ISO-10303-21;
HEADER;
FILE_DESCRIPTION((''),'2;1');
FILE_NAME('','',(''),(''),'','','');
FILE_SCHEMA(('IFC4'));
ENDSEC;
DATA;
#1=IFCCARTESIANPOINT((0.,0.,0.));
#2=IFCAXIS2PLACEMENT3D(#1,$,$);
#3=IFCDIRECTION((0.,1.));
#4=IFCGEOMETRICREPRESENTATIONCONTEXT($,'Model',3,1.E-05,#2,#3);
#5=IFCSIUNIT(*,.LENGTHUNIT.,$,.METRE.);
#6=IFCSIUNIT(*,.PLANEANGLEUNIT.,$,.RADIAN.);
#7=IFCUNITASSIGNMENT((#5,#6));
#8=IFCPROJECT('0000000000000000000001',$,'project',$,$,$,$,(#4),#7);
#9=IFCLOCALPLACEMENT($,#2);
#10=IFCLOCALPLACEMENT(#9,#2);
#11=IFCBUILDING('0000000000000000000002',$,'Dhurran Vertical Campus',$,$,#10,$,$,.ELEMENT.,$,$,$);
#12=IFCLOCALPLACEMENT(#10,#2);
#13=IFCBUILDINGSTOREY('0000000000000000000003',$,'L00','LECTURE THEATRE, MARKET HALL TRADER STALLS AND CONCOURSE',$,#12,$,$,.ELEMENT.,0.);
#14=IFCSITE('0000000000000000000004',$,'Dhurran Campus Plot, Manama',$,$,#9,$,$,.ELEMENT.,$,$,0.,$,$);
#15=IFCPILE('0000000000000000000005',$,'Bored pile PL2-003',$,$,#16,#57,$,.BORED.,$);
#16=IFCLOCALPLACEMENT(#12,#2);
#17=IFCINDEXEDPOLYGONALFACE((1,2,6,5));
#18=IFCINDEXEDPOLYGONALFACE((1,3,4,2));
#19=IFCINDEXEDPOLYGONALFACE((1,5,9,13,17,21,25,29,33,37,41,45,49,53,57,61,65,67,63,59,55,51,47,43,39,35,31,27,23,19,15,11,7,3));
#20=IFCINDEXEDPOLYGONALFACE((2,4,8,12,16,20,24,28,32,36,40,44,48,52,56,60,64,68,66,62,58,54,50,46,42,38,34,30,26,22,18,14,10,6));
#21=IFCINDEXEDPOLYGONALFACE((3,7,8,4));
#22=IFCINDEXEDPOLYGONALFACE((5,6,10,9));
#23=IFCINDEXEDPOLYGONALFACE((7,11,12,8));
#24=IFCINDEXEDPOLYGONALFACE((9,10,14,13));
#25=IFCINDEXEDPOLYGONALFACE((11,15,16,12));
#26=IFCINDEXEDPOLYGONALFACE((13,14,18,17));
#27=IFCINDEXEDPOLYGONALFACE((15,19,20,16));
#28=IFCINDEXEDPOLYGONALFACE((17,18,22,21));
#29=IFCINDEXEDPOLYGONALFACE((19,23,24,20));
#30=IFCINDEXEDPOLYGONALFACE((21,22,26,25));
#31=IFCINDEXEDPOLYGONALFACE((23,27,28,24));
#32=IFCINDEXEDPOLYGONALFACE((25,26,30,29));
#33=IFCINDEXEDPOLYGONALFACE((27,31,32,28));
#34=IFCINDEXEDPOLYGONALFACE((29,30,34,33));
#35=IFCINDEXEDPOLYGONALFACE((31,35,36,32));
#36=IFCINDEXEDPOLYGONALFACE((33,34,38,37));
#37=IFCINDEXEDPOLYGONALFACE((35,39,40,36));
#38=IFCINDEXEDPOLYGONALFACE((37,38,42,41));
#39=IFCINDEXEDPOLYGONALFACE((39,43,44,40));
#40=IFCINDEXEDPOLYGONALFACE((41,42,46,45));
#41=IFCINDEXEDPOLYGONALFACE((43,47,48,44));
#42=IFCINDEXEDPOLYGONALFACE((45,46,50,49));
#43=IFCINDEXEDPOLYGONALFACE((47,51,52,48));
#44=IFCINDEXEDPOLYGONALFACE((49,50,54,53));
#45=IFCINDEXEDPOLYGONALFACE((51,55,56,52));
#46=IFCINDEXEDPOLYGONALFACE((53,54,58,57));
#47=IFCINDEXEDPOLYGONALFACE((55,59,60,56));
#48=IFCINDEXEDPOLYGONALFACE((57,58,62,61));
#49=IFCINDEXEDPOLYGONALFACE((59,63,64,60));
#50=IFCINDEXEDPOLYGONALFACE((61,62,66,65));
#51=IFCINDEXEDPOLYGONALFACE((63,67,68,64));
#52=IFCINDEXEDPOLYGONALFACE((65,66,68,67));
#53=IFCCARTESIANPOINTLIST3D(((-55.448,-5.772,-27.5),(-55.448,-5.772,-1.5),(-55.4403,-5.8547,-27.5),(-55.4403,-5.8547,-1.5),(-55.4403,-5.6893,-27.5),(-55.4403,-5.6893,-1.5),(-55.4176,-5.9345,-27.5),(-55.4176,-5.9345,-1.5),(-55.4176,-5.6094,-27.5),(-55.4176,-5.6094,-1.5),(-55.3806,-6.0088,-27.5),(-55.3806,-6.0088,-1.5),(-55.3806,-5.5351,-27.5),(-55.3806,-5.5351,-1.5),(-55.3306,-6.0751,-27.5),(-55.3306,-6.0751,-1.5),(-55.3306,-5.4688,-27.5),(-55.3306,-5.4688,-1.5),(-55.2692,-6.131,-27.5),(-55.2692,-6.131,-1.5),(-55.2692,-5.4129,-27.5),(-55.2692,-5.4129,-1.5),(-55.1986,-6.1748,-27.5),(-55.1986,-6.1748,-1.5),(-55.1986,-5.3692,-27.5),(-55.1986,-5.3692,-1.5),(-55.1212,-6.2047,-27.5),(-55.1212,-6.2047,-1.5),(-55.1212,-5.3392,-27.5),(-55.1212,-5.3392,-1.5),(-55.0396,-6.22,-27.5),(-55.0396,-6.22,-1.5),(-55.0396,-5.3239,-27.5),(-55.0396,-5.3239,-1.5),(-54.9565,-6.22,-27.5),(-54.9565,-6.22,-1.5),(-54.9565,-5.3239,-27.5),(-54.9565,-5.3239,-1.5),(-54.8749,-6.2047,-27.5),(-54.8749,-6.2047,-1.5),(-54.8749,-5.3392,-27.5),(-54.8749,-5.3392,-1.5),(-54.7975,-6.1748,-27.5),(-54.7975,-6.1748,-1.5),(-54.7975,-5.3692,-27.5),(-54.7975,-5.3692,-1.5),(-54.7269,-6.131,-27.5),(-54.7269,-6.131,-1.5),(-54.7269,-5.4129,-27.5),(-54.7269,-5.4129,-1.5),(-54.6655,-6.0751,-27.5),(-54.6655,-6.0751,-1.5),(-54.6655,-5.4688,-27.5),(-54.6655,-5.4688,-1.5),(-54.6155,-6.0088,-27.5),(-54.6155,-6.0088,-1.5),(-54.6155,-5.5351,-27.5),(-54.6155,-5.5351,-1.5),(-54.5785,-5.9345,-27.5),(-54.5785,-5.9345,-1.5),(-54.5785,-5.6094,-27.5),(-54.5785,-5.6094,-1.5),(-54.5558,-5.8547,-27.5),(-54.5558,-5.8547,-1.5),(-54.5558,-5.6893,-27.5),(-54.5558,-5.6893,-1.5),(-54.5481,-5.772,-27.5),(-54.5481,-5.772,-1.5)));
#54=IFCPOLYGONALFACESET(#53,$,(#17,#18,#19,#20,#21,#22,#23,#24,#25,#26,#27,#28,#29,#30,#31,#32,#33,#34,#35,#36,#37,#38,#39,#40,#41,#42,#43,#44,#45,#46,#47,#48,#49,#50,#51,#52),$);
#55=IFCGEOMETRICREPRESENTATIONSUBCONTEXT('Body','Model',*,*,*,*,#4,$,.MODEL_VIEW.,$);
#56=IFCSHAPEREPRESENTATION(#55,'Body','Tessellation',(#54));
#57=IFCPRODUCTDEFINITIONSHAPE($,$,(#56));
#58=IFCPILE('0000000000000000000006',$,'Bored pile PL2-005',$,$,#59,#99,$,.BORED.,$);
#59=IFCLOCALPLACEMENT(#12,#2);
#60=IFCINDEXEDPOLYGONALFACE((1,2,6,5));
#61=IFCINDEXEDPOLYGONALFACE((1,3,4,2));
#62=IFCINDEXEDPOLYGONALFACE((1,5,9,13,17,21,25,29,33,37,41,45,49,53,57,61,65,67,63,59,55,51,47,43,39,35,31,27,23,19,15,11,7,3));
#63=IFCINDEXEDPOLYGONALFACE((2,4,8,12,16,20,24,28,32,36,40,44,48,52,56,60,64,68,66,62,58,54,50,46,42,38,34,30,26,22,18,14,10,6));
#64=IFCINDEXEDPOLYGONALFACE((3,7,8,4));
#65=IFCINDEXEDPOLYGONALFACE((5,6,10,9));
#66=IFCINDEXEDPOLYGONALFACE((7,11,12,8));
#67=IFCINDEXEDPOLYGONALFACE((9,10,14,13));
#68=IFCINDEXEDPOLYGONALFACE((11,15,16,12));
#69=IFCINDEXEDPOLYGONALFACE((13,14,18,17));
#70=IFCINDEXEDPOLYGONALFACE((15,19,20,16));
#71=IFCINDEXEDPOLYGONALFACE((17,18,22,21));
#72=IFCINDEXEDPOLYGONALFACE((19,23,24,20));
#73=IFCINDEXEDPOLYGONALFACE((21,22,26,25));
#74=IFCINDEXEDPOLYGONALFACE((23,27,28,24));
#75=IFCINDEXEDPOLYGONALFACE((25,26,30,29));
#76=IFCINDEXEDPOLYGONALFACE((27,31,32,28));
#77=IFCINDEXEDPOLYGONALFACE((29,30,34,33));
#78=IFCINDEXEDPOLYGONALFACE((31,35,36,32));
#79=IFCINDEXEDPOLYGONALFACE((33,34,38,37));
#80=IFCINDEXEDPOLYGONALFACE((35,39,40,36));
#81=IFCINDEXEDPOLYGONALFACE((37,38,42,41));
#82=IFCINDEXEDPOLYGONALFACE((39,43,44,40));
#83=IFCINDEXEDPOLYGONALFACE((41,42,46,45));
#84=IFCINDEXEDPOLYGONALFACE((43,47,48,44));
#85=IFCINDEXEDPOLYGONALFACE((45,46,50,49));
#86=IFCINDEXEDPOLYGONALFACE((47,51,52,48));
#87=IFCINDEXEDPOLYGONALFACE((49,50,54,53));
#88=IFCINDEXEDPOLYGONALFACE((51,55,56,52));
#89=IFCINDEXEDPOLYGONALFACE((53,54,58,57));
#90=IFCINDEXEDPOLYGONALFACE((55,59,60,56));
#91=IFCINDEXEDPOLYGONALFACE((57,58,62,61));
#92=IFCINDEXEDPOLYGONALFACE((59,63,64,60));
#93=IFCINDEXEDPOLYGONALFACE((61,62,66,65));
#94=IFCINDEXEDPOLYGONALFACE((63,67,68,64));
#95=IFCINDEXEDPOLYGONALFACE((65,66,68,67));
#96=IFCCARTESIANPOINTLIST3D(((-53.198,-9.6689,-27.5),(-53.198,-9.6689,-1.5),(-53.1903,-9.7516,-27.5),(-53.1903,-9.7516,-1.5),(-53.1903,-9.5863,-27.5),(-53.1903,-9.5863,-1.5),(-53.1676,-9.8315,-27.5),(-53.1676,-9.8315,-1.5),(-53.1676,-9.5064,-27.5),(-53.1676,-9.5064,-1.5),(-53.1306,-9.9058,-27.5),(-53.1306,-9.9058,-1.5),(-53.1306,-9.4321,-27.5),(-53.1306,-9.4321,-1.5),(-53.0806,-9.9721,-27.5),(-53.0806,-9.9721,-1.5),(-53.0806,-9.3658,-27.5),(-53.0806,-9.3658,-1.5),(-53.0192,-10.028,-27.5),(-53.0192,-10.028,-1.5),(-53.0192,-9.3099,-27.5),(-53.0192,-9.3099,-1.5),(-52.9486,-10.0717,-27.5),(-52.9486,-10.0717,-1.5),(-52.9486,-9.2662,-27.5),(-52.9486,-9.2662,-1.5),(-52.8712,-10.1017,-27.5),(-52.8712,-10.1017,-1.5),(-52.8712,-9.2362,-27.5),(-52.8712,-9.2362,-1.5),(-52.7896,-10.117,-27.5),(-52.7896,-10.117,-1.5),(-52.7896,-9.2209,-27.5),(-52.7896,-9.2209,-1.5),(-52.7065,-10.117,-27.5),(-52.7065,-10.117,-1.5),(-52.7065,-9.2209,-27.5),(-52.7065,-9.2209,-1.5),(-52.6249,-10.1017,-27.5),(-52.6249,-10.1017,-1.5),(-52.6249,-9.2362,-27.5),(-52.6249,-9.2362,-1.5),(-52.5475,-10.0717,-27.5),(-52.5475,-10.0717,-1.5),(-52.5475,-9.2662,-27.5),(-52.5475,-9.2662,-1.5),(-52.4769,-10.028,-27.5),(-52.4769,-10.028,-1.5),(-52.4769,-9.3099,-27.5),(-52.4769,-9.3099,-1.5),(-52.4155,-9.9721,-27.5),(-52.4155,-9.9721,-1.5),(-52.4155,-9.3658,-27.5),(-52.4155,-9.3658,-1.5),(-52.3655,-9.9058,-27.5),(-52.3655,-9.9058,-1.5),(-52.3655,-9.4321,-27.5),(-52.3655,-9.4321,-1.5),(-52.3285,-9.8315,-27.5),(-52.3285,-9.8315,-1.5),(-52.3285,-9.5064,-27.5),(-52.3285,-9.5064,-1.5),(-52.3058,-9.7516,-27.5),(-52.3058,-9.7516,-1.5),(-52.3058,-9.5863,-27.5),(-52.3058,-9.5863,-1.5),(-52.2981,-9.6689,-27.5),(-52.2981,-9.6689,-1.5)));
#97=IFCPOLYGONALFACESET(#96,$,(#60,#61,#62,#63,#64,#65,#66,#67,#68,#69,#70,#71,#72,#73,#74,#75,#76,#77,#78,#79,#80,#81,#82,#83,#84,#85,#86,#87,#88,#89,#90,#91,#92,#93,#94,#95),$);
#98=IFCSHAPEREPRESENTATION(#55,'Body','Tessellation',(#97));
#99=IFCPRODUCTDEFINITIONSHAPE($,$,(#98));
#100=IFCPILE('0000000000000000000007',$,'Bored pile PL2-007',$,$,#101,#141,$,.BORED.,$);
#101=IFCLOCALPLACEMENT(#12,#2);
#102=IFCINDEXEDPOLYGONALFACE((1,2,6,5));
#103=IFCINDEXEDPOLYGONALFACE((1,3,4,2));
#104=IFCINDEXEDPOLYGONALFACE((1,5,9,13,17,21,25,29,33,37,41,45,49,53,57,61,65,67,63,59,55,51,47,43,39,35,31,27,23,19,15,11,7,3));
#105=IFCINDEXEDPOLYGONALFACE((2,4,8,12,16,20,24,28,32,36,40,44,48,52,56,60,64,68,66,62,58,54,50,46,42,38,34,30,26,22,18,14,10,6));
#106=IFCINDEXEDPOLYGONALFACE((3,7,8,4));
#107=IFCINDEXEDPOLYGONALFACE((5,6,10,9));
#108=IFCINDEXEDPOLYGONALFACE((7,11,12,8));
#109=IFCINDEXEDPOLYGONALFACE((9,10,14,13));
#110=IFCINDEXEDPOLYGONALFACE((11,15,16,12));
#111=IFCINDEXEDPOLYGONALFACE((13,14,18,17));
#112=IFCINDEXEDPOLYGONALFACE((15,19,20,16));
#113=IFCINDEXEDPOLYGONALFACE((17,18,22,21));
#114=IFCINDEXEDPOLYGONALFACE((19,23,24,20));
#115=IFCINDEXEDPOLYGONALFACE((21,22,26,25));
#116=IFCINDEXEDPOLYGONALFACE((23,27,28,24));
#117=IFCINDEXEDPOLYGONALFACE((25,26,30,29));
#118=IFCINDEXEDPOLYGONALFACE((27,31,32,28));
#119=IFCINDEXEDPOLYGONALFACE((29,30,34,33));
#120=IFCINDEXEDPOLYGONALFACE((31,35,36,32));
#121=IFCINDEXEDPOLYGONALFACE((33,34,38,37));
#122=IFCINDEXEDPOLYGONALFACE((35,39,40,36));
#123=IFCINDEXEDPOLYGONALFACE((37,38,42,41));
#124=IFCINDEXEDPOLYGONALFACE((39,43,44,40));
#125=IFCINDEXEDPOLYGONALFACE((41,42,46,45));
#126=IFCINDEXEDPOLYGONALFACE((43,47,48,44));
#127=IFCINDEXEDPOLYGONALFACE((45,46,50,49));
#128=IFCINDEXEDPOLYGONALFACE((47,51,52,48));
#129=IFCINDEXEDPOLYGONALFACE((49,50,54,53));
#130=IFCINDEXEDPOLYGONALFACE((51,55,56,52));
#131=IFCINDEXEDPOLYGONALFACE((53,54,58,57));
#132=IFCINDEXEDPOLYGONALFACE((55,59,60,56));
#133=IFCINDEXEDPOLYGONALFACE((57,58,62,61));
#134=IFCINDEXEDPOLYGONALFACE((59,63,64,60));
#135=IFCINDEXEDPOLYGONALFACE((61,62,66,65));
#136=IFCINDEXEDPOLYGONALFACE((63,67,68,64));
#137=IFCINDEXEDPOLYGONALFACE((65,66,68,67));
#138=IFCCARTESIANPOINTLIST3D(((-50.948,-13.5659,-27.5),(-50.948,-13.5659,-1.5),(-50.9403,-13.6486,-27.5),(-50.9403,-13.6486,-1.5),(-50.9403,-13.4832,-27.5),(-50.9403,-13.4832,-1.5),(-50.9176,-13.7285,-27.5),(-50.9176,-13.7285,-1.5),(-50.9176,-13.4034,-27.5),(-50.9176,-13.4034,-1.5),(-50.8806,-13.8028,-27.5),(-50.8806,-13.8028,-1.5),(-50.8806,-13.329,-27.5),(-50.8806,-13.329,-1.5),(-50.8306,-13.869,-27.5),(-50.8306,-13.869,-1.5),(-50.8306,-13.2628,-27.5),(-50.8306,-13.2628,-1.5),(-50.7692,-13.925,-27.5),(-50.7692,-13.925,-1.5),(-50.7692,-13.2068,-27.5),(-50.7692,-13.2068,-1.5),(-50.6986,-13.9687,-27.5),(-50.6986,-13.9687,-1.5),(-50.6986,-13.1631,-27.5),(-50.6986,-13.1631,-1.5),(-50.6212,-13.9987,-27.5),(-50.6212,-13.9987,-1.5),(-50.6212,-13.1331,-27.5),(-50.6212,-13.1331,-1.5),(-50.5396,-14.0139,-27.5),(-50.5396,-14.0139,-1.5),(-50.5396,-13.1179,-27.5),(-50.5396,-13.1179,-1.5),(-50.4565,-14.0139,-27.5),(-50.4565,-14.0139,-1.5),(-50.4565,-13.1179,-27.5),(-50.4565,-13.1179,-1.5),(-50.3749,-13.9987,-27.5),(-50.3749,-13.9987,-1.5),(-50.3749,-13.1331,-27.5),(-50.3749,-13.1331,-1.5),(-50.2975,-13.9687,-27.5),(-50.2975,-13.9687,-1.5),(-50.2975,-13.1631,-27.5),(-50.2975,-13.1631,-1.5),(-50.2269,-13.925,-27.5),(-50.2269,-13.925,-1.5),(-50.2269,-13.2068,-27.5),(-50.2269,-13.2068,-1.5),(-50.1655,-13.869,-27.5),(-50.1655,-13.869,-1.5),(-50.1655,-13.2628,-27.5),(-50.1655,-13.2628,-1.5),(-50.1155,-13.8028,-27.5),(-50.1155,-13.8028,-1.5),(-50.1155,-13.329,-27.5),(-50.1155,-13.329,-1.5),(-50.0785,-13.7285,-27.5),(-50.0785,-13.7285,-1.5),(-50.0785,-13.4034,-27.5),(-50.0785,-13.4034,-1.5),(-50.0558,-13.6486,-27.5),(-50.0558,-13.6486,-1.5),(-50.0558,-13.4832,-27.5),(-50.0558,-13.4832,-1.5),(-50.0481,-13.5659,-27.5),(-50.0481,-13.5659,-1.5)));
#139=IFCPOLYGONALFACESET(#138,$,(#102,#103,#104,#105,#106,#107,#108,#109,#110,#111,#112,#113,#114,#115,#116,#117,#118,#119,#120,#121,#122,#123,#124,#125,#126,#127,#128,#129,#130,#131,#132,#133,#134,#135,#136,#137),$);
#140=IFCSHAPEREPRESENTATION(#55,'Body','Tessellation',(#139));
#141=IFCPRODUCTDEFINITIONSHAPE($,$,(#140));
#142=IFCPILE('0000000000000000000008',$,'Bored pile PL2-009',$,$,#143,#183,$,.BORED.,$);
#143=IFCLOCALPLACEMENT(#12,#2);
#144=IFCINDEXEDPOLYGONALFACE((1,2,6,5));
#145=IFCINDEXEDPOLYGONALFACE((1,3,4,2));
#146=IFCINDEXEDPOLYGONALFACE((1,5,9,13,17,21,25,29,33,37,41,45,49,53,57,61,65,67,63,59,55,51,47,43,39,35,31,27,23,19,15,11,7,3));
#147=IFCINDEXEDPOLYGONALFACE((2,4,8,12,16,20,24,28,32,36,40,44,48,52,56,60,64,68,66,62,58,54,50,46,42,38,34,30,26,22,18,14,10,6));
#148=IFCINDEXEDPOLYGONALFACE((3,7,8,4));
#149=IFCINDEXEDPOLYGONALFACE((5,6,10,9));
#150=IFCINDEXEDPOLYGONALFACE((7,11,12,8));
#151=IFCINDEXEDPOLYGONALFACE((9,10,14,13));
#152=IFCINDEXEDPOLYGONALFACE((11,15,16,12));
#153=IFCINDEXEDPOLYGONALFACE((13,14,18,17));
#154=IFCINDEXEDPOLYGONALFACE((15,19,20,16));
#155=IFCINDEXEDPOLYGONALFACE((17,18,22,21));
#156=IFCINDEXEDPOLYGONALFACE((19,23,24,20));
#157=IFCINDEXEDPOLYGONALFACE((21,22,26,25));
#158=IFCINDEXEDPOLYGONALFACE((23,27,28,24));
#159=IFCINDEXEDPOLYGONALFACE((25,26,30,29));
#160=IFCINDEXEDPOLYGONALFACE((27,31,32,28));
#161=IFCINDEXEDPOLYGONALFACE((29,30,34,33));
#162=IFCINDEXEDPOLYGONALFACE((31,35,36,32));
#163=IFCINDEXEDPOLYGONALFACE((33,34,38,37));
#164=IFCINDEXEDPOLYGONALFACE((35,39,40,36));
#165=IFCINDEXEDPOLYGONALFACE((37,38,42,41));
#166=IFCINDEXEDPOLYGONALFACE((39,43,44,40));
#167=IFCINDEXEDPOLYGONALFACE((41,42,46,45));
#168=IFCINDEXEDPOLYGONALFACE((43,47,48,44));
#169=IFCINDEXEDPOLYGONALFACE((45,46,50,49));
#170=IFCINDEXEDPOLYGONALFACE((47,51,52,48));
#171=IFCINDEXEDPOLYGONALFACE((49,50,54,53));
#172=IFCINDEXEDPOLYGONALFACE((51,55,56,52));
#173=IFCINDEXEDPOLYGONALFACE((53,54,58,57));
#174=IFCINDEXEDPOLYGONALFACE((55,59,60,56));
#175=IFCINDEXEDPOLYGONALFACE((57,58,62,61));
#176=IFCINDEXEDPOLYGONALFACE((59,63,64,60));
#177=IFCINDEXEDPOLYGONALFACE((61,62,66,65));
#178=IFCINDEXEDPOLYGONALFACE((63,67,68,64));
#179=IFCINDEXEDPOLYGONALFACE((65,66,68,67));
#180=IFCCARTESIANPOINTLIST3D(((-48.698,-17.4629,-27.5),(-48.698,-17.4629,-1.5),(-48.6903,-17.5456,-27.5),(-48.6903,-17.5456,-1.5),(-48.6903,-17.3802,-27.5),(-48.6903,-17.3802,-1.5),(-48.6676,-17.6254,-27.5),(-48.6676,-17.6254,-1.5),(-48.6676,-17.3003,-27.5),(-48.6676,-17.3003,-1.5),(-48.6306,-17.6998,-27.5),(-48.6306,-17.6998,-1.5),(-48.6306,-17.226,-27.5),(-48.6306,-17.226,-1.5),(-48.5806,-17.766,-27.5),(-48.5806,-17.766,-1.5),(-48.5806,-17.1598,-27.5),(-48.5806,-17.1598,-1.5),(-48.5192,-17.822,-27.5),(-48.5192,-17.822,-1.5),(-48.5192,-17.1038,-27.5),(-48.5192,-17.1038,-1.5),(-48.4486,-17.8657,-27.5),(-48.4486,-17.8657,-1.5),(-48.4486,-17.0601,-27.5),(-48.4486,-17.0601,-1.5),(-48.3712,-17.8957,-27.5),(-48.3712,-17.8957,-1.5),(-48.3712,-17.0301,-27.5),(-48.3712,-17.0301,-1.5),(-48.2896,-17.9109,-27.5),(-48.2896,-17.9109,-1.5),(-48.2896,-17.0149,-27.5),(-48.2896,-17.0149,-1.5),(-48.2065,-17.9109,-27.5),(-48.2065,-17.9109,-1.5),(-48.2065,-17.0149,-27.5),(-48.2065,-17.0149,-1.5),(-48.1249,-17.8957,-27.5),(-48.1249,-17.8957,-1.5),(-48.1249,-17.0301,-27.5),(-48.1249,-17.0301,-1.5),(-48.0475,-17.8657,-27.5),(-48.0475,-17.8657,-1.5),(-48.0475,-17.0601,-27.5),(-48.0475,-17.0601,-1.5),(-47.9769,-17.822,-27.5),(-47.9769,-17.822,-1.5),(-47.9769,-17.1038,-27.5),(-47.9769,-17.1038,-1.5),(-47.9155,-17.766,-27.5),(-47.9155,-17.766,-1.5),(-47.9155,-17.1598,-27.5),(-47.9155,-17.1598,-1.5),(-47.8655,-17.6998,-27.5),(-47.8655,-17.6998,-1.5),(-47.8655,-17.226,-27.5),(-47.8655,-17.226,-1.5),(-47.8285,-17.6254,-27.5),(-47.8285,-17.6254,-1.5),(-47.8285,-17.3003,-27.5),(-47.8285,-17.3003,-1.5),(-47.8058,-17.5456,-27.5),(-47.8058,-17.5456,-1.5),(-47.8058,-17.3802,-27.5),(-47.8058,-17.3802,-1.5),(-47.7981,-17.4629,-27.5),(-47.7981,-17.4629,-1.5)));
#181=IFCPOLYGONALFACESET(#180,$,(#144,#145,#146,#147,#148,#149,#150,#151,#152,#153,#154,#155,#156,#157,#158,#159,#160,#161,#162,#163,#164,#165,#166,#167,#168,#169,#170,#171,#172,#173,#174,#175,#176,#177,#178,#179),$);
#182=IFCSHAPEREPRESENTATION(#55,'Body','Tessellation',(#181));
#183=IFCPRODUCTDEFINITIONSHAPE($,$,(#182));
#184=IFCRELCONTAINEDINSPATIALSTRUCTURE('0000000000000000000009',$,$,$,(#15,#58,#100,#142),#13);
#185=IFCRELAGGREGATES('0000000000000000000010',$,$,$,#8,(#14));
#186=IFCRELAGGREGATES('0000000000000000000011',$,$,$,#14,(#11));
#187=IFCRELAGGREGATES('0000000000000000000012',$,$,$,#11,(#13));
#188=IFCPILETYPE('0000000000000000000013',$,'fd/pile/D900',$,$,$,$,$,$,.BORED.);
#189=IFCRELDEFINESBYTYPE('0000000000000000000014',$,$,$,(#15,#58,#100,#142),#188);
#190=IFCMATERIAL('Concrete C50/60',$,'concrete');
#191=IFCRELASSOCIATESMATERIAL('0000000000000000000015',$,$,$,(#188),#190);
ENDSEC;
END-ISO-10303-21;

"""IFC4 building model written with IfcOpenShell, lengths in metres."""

from ifc_helpers import new_model, si_unit, direction, frame, origin, origin_2d, place, context, subcontext, project, spatial, circle, extrude, material, material_profile, profile_set, type_object, element, save


model = new_model("IFC4")

# Units and contexts
model_context = context("Model", 3, precision=1e-05, world=origin(), true_north=direction((0.0, 1.0)))
body_context = subcontext(model_context, "Body", "Model", "MODEL_VIEW")
ifc_project = project(units=[si_unit("LENGTHUNIT", "METRE"), si_unit("PLANEANGLEUNIT", "RADIAN")], contexts=[model_context])

# Site, building, storey
site_placement = place(None, origin())
site = spatial("IfcSite", under=ifc_project, at=site_placement, Name="Dhurran Campus Plot, Manama", CompositionType="ELEMENT", RefElevation=0.0)
building_placement = place(site_placement, origin())
building = spatial("IfcBuilding", under=site, at=building_placement, Name="Dhurran Vertical Campus", CompositionType="ELEMENT")
storey_placement = place(building_placement, origin())
storey = spatial("IfcBuildingStorey", under=building, at=storey_placement, Name="L00", Description="LECTURE THEATRE, MARKET HALL TRADER STALLS AND CONCOURSE", CompositionType="ELEMENT", Elevation=0.0)

# Piles
ifc_material_1 = material(Name="Concrete C50/60", Category="concrete")
ifc_material_profile_1 = material_profile(ifc_material_1, circle(Radius=0.45, at=origin_2d()), Name="fd/pile/D900")
ifc_profile_set_1 = profile_set([ifc_material_profile_1], Name="Concrete C50/60")
pile_type = type_object("IfcPileType", Name="fd/pile/D900", PredefinedType="BORED", material=ifc_profile_set_1)
for number, where, z_axis, x_axis, name in (
    (1, (-54.998, -5.772, -1.5), (0.0, 0.0, -1.0), (1.0, 0.0, 0.0), "Bored pile PL2-003"),
    (2, (-52.748, -9.6689, -1.5), (0.0, 0.0, -1.0), (1.0, 0.0, 0.0), "Bored pile PL2-005"),
    (3, (-50.498, -13.5659, -1.5), (0.0, 0.0, -1.0), (1.0, 0.0, 0.0), "Bored pile PL2-007"),
    (4, (-48.248, -17.4629, -1.5), (0.0, 0.0, -1.0), (1.0, 0.0, 0.0), "Bored pile PL2-009"),
):
    element("IfcPile", number, at=place(storey_placement, frame(where, z_axis=z_axis, x_axis=x_axis)), inside=storey, type_object=pile_type, Name=name, PredefinedType="BORED", context=body_context, shape_type="SweptSolid", body=[
        extrude(circle(Radius=0.45, at=origin_2d()), origin(), (0.0, 0.0, 1.0), 26.0),
    ])

save(model, "model.ifc")
